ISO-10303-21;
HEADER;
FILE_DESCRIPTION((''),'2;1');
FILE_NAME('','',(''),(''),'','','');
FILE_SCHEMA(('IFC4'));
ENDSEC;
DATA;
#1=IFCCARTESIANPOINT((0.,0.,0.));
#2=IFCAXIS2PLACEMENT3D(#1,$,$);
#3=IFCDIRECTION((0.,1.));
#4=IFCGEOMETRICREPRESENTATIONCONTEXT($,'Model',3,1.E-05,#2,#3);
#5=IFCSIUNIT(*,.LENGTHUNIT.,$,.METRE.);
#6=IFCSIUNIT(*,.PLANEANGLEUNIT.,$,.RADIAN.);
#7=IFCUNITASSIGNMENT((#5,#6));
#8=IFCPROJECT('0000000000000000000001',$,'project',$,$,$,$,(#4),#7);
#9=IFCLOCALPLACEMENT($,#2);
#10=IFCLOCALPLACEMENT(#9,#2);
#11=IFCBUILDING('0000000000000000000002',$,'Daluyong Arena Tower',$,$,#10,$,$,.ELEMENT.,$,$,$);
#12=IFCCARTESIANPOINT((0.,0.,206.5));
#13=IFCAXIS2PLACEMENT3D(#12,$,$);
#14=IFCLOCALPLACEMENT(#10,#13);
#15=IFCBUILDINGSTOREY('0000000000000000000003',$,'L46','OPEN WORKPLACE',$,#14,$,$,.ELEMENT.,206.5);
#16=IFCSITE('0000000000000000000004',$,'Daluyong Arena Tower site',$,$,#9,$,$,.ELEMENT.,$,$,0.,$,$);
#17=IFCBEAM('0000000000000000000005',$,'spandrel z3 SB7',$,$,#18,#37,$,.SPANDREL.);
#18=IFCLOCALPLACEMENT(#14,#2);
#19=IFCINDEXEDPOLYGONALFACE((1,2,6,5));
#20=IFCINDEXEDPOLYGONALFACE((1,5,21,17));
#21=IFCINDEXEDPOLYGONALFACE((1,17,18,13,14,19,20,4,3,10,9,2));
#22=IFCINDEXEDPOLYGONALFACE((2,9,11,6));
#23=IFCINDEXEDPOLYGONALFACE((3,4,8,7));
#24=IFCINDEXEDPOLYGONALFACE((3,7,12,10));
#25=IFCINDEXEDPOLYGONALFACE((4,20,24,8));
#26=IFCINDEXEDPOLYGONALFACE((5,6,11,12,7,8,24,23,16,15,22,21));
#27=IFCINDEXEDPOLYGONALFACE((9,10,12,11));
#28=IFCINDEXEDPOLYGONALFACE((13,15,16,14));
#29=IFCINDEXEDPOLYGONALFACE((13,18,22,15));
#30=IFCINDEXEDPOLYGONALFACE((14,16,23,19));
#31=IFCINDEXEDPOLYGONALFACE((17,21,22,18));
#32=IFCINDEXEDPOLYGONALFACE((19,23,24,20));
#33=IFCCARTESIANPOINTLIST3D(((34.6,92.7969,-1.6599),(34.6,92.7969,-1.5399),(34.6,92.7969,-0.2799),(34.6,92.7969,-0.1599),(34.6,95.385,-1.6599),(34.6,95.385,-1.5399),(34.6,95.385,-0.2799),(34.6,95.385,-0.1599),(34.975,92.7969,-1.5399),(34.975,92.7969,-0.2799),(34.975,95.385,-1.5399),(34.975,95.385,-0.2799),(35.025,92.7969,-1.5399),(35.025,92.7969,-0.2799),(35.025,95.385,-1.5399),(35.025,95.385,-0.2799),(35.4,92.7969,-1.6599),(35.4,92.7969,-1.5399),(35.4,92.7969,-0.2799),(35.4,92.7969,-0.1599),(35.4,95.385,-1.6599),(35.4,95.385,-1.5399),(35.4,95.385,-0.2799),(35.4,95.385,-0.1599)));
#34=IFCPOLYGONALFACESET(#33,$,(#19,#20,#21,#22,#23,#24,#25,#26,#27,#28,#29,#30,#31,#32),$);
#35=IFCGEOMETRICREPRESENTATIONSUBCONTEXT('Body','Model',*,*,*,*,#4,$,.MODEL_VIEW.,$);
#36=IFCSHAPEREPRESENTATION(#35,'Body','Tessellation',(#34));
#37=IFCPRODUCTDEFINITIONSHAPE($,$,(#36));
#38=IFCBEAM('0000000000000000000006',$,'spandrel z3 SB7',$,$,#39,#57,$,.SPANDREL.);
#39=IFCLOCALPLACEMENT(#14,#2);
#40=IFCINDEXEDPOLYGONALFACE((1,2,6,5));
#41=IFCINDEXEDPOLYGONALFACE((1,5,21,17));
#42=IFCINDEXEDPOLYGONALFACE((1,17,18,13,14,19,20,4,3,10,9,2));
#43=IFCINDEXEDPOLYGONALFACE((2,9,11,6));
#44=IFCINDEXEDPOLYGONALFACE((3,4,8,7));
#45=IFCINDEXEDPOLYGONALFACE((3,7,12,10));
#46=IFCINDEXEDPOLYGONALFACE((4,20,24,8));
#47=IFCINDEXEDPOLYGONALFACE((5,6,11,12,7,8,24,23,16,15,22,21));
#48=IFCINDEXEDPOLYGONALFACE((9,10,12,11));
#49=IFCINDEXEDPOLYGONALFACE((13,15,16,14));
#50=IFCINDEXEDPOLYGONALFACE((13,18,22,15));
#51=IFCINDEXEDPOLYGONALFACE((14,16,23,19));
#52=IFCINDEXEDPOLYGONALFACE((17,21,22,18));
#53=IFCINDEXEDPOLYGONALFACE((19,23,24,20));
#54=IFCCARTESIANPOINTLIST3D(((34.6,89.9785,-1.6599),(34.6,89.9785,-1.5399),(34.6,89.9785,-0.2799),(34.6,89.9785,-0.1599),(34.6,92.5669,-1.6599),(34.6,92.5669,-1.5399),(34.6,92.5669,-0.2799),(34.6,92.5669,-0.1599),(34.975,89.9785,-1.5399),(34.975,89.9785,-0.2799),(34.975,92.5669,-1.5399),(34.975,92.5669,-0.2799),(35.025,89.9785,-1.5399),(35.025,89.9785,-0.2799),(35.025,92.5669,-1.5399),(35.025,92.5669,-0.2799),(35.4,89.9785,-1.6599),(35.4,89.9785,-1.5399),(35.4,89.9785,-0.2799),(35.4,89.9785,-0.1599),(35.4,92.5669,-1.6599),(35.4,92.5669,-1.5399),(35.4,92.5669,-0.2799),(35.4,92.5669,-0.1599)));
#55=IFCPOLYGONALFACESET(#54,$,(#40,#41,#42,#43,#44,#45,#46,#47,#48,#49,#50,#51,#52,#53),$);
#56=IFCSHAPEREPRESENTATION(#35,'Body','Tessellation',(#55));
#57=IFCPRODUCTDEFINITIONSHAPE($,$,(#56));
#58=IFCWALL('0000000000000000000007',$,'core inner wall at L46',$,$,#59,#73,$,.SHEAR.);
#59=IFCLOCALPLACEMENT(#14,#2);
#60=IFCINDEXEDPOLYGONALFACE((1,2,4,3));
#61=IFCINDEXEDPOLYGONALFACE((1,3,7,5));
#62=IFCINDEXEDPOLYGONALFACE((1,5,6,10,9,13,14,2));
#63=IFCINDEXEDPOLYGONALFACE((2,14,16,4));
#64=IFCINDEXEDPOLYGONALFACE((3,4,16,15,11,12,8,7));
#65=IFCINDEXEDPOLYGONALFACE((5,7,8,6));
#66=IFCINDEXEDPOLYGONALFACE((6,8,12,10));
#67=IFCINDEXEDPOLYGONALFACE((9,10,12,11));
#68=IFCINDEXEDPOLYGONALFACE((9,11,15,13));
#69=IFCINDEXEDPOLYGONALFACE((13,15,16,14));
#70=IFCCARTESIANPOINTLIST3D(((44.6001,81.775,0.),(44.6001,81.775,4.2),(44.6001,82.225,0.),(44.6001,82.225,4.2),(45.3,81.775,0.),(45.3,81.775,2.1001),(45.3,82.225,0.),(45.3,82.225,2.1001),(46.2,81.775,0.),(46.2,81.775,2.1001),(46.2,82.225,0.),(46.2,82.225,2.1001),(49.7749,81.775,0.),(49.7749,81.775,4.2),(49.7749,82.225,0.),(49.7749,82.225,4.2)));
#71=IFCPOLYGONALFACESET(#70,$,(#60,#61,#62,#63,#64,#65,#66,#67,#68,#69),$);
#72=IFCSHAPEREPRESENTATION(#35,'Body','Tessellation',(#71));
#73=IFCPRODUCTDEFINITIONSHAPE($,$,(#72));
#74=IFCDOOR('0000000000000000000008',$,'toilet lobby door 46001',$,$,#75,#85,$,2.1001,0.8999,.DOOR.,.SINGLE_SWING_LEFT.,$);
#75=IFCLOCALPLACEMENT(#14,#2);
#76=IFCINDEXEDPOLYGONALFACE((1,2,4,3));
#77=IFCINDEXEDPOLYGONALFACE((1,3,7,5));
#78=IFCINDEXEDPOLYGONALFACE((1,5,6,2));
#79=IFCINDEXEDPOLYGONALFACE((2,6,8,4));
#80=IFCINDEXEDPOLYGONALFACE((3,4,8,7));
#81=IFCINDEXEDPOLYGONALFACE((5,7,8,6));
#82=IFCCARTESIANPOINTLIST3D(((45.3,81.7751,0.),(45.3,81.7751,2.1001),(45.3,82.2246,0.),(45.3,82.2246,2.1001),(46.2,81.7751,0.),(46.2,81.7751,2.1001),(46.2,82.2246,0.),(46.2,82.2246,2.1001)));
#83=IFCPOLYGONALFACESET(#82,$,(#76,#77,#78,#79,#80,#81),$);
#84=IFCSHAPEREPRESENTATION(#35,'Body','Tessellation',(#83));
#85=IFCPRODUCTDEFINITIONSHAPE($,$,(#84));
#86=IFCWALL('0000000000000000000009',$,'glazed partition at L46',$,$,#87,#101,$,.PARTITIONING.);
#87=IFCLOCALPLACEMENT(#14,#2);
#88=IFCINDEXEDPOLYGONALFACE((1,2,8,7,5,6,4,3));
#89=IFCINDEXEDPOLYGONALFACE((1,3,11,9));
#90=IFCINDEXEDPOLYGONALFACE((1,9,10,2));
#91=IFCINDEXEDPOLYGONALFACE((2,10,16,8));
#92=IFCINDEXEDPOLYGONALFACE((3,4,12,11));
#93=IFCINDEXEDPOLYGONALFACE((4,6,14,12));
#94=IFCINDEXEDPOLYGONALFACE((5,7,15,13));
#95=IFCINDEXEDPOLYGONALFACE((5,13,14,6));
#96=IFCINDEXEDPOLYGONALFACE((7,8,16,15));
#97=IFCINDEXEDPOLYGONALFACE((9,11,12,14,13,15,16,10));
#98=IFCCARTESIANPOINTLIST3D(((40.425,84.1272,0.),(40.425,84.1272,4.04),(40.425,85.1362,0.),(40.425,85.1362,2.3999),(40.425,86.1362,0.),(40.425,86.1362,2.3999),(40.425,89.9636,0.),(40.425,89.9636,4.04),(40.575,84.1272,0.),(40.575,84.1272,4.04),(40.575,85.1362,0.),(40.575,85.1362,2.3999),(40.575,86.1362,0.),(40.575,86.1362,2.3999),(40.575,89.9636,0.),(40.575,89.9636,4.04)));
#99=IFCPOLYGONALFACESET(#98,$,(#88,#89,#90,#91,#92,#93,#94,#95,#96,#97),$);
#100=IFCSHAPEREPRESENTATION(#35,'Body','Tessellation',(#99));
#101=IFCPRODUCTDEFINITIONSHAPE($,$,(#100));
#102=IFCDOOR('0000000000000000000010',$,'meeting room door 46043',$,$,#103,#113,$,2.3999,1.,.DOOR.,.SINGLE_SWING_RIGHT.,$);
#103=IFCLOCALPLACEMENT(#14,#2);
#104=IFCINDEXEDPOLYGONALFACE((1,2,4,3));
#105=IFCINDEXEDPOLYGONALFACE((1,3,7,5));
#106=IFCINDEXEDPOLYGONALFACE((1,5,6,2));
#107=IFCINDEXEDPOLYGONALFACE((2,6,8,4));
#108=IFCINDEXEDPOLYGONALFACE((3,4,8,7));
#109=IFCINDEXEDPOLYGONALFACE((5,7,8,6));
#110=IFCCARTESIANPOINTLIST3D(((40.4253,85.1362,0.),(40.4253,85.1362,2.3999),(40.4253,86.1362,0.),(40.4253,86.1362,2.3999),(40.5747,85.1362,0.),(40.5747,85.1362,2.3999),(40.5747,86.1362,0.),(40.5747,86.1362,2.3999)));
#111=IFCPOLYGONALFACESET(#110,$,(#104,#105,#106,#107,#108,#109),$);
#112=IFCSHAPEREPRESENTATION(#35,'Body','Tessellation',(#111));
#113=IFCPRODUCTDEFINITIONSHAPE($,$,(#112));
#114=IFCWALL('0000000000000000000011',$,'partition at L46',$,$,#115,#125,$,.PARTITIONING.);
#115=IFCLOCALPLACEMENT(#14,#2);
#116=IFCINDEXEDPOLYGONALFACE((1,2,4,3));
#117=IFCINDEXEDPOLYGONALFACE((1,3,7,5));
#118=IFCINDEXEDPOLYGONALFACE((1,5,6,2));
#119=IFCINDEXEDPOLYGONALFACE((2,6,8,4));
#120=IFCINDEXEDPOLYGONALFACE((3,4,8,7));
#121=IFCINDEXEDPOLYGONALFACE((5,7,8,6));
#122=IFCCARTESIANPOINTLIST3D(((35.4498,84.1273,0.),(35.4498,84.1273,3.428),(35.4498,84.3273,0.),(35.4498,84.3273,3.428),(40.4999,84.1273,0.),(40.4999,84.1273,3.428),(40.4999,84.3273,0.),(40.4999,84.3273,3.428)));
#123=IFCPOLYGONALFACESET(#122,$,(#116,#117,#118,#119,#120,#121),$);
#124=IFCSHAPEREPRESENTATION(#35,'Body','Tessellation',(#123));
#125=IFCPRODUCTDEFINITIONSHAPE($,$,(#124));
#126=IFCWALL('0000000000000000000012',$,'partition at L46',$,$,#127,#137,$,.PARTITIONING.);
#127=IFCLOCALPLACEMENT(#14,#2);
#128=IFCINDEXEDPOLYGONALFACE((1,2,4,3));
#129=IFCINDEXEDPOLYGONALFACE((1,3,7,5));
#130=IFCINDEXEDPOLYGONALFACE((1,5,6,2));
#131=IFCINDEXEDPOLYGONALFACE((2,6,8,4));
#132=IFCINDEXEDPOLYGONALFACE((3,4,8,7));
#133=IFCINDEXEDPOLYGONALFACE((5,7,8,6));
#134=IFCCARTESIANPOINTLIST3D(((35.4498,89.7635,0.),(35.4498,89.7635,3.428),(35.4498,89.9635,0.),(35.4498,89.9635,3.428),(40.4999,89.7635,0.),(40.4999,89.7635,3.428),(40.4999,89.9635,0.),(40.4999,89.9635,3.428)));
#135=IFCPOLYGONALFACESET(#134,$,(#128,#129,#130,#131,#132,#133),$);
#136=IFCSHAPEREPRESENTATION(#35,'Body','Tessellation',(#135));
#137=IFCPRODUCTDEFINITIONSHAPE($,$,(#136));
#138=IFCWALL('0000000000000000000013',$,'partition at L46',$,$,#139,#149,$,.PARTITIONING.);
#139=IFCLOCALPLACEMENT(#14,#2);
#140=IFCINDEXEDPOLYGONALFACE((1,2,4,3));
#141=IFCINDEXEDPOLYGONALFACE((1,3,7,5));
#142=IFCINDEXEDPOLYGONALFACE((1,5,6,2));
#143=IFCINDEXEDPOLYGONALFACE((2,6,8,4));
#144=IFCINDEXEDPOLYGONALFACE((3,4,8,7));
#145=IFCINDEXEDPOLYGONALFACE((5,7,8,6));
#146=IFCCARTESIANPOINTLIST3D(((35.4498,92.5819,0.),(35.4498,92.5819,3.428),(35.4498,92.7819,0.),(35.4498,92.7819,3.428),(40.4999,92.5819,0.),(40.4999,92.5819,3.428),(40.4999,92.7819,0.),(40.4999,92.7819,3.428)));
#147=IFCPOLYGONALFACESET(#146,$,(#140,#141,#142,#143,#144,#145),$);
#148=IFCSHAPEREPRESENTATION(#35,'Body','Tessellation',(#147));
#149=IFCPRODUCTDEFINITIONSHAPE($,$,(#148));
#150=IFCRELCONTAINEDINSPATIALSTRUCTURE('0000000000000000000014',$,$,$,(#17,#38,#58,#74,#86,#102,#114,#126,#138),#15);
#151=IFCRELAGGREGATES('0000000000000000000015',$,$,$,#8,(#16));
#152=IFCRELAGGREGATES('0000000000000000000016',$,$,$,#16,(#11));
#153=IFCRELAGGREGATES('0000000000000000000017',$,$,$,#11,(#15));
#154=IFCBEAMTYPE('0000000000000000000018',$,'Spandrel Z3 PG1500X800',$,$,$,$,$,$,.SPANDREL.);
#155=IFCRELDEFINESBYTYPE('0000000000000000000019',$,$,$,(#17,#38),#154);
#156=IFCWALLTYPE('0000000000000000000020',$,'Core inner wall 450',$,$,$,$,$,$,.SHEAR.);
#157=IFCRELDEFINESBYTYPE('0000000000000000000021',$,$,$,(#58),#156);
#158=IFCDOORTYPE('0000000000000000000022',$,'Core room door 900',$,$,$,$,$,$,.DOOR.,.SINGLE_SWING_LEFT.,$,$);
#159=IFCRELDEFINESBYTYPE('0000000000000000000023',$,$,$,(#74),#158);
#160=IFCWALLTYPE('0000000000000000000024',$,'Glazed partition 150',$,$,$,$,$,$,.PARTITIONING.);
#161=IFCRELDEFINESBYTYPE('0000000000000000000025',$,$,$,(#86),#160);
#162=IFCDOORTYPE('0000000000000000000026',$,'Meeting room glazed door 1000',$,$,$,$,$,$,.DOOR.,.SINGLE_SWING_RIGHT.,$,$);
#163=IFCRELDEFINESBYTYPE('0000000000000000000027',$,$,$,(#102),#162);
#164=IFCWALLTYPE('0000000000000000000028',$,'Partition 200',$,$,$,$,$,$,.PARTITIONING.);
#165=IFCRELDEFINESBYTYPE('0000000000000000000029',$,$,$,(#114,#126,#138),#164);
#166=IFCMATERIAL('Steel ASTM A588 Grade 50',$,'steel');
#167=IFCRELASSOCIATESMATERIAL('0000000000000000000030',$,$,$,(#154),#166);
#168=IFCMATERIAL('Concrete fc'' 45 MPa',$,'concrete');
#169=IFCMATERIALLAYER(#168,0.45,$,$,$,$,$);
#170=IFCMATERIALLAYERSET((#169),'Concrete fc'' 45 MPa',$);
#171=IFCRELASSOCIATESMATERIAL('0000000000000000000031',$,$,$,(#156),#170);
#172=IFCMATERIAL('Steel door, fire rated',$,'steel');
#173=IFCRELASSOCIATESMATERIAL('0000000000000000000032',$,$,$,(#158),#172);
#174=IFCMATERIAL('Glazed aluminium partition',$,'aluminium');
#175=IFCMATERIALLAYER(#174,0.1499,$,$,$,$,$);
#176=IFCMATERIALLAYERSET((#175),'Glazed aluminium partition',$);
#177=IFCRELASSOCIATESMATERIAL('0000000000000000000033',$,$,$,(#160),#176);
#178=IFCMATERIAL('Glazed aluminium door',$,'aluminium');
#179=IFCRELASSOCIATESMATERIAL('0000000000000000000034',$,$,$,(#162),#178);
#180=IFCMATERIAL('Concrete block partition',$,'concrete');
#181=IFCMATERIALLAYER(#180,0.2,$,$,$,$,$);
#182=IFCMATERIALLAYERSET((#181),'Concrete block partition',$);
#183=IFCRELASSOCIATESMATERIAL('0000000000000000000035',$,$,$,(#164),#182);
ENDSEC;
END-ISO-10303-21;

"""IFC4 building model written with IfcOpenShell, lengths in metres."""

from ifc_helpers import new_model, si_unit, direction, frame, frame_2d, origin, origin_2d, place, context, subcontext, project, spatial, rectangle, i_section, extrude, material, layer, layer_set, material_profile, profile_set, type_object, element, fill, save


model = new_model("IFC4")

# Units and contexts
model_context = context("Model", 3, precision=1e-05, world=origin(), true_north=direction((0.0, 1.0)))
body_context = subcontext(model_context, "Body", "Model", "MODEL_VIEW")
ifc_project = project(units=[si_unit("LENGTHUNIT", "METRE"), si_unit("PLANEANGLEUNIT", "RADIAN")], contexts=[model_context])

# Site, building, storey
site_placement = place(None, origin())
site = spatial("IfcSite", under=ifc_project, at=site_placement, Name="Daluyong Arena Tower site", CompositionType="ELEMENT", RefElevation=0.0)
building_placement = place(site_placement, origin())
building = spatial("IfcBuilding", under=site, at=building_placement, Name="Daluyong Arena Tower", CompositionType="ELEMENT")
storey_placement = place(building_placement, frame((0.0, 0.0, 206.5)))
storey = spatial("IfcBuildingStorey", under=building, at=storey_placement, Name="L46", Description="OPEN WORKPLACE", CompositionType="ELEMENT", Elevation=206.5)

# Beams
ifc_material_1 = material(Name="Steel ASTM A588 Grade 50", Category="steel")
ifc_material_profile_1 = material_profile(ifc_material_1, i_section(OverallWidth=0.8, OverallDepth=1.5, WebThickness=0.05, FlangeThickness=0.12, at=origin_2d()))
ifc_profile_set_1 = profile_set([ifc_material_profile_1], Name="Steel ASTM A588 Grade 50")
beam_type_1 = type_object("IfcBeamType", Name="Spandrel Z3 PG1500X800", PredefinedType="SPANDREL", material=ifc_profile_set_1)
beam_1_placement = place(storey_placement, frame((35.0, 95.385, -0.9099), z_axis=(0.0, -1.0, 0.0), x_axis=(1.0, 0.0, 0.0)))
element("IfcBeam", 1, at=beam_1_placement, inside=storey, type_object=beam_type_1, Name="spandrel z3 SB7", PredefinedType="SPANDREL", context=body_context, shape_type="SweptSolid", body=[
    extrude(i_section(OverallWidth=0.8, OverallDepth=1.5, WebThickness=0.05, FlangeThickness=0.12, at=origin_2d()), origin(), (0.0, 0.0, 1.0), 2.5881),
])
beam_2_placement = place(storey_placement, frame((35.0, 92.5669, -0.9099), z_axis=(0.0, -1.0, 0.0), x_axis=(1.0, 0.0, 0.0)))
element("IfcBeam", 2, at=beam_2_placement, inside=storey, type_object=beam_type_1, Name="spandrel z3 SB7", PredefinedType="SPANDREL", context=body_context, shape_type="SweptSolid", body=[
    extrude(i_section(OverallWidth=0.8, OverallDepth=1.5, WebThickness=0.05, FlangeThickness=0.12, at=origin_2d()), origin(), (0.0, 0.0, 1.0), 2.5884),
])

# Walls, openings, doors
ifc_material_2 = material(Name="Concrete fc' 45 MPa", Category="concrete")
ifc_layer_1 = layer(ifc_material_2, 0.45)
ifc_layer_set_1 = layer_set([ifc_layer_1], Name="Concrete fc' 45 MPa")
wall_type_1 = type_object("IfcWallType", Name="Core inner wall 450", PredefinedType="SHEAR", material=ifc_layer_set_1)
wall_1_placement = place(storey_placement, frame((44.6001, 82.0, 0.0), z_axis=(0.0, 0.0, 1.0), x_axis=(1.0, 0.0, 0.0)))
wall_1 = element("IfcWall", 3, at=wall_1_placement, inside=storey, type_object=wall_type_1, Name="core inner wall at L46", PredefinedType="SHEAR", context=body_context, shape_type="SweptSolid", body=[
    extrude(rectangle(XDim=5.1748, YDim=0.45, at=frame_2d((2.5874, 0.0))), origin(), (0.0, 0.0, 1.0), 4.2),
])
opening_1_placement = place(wall_1_placement, frame((0.7, 0.0, 0.0)))
opening_1 = element("IfcOpeningElement", 4, at=opening_1_placement, cuts=wall_1, PredefinedType="OPENING", context=body_context, shape_type="SweptSolid", body=[
    extrude(rectangle(XDim=0.8999, YDim=2.1001, at=frame_2d((0.45, 1.05))), frame((0.0, 0.2349, 0.0), z_axis=(0.0, -1.0, 0.0), x_axis=(1.0, 0.0, 0.0)), (0.0, 0.0, 1.0), 0.47),
])
ifc_material_3 = material(Name="Steel door, fire rated", Category="steel")
door_type_1 = type_object("IfcDoorType", Name="Core room door 900", OperationType="SINGLE_SWING_LEFT", PredefinedType="DOOR", material=ifc_material_3)
door_1_placement = place(opening_1_placement, origin())
door_1 = element("IfcDoor", 5, at=door_1_placement, inside=storey, type_object=door_type_1, Name="toilet lobby door 46001", OperationType="SINGLE_SWING_LEFT", OverallHeight=2.1001, OverallWidth=0.8999, PredefinedType="DOOR", context=body_context, shape_type="SweptSolid", body=[
    extrude(rectangle(XDim=0.8999, YDim=2.1001, at=frame_2d((0.45, 1.05))), frame((0.0, 0.2246, 0.0), z_axis=(0.0, -1.0, 0.0), x_axis=(1.0, 0.0, 0.0)), (0.0, 0.0, 1.0), 0.4495),
])
fill(opening_1, door_1)
ifc_material_4 = material(Name="Glazed aluminium partition", Category="aluminium")
ifc_layer_2 = layer(ifc_material_4, 0.1499)
ifc_layer_set_2 = layer_set([ifc_layer_2], Name="Glazed aluminium partition")
wall_type_2 = type_object("IfcWallType", Name="Glazed partition 150", PredefinedType="PARTITIONING", material=ifc_layer_set_2)
wall_2_placement = place(storey_placement, frame((40.5, 84.1272, 0.0), z_axis=(0.0, 0.0, 1.0), x_axis=(0.0, 1.0, 0.0)))
wall_2 = element("IfcWall", 6, at=wall_2_placement, inside=storey, type_object=wall_type_2, Name="glazed partition at L46", PredefinedType="PARTITIONING", context=body_context, shape_type="SweptSolid", body=[
    extrude(rectangle(XDim=5.8364, YDim=0.1499, at=frame_2d((2.9182, 0.0))), origin(), (0.0, 0.0, 1.0), 4.04),
])
opening_2_placement = place(wall_2_placement, frame((1.009, 0.0, 0.0)))
opening_2 = element("IfcOpeningElement", 7, at=opening_2_placement, cuts=wall_2, PredefinedType="OPENING", context=body_context, shape_type="SweptSolid", body=[
    extrude(rectangle(XDim=1.0, YDim=2.3999, at=frame_2d((0.5, 1.2))), frame((0.0, 0.085, 0.0), z_axis=(0.0, -1.0, 0.0), x_axis=(1.0, 0.0, 0.0)), (0.0, 0.0, 1.0), 0.1699),
])
ifc_material_5 = material(Name="Glazed aluminium door", Category="aluminium")
door_type_2 = type_object("IfcDoorType", Name="Meeting room glazed door 1000", OperationType="SINGLE_SWING_RIGHT", PredefinedType="DOOR", material=ifc_material_5)
door_2_placement = place(opening_2_placement, origin())
door_2 = element("IfcDoor", 8, at=door_2_placement, inside=storey, type_object=door_type_2, Name="meeting room door 46043", OperationType="SINGLE_SWING_RIGHT", OverallHeight=2.3999, OverallWidth=1.0, PredefinedType="DOOR", context=body_context, shape_type="SweptSolid", body=[
    extrude(rectangle(XDim=1.0, YDim=2.3999, at=frame_2d((0.5, 1.2))), frame((0.0, 0.0747, 0.0), z_axis=(0.0, -1.0, 0.0), x_axis=(1.0, 0.0, 0.0)), (0.0, 0.0, 1.0), 0.1494),
])
fill(opening_2, door_2)

# Walls
ifc_material_6 = material(Name="Concrete block partition", Category="concrete")
ifc_layer_3 = layer(ifc_material_6, 0.2)
ifc_layer_set_3 = layer_set([ifc_layer_3], Name="Concrete block partition")
wall_type_3 = type_object("IfcWallType", Name="Partition 200", PredefinedType="PARTITIONING", material=ifc_layer_set_3)
for number, where, z_axis, x_axis, name in (
    (9, (35.45, 84.2273, 0.0), (0.0, 0.0, 1.0), (1.0, 0.0, 0.0), "partition at L46"),
    (10, (35.45, 89.8635, 0.0), (0.0, 0.0, 1.0), (1.0, 0.0, 0.0), "partition at L46"),
    (11, (35.45, 92.6819, 0.0), (0.0, 0.0, 1.0), (1.0, 0.0, 0.0), "partition at L46"),
):
    element("IfcWall", number, at=place(storey_placement, frame(where, z_axis=z_axis, x_axis=x_axis)), inside=storey, type_object=wall_type_3, Name=name, PredefinedType="PARTITIONING", context=body_context, shape_type="SweptSolid", body=[
        extrude(rectangle(XDim=5.05, YDim=0.2, at=frame_2d((2.5249, 0.0))), origin(), (0.0, 0.0, 1.0), 3.428),
    ])

save(model, "model.ifc")
